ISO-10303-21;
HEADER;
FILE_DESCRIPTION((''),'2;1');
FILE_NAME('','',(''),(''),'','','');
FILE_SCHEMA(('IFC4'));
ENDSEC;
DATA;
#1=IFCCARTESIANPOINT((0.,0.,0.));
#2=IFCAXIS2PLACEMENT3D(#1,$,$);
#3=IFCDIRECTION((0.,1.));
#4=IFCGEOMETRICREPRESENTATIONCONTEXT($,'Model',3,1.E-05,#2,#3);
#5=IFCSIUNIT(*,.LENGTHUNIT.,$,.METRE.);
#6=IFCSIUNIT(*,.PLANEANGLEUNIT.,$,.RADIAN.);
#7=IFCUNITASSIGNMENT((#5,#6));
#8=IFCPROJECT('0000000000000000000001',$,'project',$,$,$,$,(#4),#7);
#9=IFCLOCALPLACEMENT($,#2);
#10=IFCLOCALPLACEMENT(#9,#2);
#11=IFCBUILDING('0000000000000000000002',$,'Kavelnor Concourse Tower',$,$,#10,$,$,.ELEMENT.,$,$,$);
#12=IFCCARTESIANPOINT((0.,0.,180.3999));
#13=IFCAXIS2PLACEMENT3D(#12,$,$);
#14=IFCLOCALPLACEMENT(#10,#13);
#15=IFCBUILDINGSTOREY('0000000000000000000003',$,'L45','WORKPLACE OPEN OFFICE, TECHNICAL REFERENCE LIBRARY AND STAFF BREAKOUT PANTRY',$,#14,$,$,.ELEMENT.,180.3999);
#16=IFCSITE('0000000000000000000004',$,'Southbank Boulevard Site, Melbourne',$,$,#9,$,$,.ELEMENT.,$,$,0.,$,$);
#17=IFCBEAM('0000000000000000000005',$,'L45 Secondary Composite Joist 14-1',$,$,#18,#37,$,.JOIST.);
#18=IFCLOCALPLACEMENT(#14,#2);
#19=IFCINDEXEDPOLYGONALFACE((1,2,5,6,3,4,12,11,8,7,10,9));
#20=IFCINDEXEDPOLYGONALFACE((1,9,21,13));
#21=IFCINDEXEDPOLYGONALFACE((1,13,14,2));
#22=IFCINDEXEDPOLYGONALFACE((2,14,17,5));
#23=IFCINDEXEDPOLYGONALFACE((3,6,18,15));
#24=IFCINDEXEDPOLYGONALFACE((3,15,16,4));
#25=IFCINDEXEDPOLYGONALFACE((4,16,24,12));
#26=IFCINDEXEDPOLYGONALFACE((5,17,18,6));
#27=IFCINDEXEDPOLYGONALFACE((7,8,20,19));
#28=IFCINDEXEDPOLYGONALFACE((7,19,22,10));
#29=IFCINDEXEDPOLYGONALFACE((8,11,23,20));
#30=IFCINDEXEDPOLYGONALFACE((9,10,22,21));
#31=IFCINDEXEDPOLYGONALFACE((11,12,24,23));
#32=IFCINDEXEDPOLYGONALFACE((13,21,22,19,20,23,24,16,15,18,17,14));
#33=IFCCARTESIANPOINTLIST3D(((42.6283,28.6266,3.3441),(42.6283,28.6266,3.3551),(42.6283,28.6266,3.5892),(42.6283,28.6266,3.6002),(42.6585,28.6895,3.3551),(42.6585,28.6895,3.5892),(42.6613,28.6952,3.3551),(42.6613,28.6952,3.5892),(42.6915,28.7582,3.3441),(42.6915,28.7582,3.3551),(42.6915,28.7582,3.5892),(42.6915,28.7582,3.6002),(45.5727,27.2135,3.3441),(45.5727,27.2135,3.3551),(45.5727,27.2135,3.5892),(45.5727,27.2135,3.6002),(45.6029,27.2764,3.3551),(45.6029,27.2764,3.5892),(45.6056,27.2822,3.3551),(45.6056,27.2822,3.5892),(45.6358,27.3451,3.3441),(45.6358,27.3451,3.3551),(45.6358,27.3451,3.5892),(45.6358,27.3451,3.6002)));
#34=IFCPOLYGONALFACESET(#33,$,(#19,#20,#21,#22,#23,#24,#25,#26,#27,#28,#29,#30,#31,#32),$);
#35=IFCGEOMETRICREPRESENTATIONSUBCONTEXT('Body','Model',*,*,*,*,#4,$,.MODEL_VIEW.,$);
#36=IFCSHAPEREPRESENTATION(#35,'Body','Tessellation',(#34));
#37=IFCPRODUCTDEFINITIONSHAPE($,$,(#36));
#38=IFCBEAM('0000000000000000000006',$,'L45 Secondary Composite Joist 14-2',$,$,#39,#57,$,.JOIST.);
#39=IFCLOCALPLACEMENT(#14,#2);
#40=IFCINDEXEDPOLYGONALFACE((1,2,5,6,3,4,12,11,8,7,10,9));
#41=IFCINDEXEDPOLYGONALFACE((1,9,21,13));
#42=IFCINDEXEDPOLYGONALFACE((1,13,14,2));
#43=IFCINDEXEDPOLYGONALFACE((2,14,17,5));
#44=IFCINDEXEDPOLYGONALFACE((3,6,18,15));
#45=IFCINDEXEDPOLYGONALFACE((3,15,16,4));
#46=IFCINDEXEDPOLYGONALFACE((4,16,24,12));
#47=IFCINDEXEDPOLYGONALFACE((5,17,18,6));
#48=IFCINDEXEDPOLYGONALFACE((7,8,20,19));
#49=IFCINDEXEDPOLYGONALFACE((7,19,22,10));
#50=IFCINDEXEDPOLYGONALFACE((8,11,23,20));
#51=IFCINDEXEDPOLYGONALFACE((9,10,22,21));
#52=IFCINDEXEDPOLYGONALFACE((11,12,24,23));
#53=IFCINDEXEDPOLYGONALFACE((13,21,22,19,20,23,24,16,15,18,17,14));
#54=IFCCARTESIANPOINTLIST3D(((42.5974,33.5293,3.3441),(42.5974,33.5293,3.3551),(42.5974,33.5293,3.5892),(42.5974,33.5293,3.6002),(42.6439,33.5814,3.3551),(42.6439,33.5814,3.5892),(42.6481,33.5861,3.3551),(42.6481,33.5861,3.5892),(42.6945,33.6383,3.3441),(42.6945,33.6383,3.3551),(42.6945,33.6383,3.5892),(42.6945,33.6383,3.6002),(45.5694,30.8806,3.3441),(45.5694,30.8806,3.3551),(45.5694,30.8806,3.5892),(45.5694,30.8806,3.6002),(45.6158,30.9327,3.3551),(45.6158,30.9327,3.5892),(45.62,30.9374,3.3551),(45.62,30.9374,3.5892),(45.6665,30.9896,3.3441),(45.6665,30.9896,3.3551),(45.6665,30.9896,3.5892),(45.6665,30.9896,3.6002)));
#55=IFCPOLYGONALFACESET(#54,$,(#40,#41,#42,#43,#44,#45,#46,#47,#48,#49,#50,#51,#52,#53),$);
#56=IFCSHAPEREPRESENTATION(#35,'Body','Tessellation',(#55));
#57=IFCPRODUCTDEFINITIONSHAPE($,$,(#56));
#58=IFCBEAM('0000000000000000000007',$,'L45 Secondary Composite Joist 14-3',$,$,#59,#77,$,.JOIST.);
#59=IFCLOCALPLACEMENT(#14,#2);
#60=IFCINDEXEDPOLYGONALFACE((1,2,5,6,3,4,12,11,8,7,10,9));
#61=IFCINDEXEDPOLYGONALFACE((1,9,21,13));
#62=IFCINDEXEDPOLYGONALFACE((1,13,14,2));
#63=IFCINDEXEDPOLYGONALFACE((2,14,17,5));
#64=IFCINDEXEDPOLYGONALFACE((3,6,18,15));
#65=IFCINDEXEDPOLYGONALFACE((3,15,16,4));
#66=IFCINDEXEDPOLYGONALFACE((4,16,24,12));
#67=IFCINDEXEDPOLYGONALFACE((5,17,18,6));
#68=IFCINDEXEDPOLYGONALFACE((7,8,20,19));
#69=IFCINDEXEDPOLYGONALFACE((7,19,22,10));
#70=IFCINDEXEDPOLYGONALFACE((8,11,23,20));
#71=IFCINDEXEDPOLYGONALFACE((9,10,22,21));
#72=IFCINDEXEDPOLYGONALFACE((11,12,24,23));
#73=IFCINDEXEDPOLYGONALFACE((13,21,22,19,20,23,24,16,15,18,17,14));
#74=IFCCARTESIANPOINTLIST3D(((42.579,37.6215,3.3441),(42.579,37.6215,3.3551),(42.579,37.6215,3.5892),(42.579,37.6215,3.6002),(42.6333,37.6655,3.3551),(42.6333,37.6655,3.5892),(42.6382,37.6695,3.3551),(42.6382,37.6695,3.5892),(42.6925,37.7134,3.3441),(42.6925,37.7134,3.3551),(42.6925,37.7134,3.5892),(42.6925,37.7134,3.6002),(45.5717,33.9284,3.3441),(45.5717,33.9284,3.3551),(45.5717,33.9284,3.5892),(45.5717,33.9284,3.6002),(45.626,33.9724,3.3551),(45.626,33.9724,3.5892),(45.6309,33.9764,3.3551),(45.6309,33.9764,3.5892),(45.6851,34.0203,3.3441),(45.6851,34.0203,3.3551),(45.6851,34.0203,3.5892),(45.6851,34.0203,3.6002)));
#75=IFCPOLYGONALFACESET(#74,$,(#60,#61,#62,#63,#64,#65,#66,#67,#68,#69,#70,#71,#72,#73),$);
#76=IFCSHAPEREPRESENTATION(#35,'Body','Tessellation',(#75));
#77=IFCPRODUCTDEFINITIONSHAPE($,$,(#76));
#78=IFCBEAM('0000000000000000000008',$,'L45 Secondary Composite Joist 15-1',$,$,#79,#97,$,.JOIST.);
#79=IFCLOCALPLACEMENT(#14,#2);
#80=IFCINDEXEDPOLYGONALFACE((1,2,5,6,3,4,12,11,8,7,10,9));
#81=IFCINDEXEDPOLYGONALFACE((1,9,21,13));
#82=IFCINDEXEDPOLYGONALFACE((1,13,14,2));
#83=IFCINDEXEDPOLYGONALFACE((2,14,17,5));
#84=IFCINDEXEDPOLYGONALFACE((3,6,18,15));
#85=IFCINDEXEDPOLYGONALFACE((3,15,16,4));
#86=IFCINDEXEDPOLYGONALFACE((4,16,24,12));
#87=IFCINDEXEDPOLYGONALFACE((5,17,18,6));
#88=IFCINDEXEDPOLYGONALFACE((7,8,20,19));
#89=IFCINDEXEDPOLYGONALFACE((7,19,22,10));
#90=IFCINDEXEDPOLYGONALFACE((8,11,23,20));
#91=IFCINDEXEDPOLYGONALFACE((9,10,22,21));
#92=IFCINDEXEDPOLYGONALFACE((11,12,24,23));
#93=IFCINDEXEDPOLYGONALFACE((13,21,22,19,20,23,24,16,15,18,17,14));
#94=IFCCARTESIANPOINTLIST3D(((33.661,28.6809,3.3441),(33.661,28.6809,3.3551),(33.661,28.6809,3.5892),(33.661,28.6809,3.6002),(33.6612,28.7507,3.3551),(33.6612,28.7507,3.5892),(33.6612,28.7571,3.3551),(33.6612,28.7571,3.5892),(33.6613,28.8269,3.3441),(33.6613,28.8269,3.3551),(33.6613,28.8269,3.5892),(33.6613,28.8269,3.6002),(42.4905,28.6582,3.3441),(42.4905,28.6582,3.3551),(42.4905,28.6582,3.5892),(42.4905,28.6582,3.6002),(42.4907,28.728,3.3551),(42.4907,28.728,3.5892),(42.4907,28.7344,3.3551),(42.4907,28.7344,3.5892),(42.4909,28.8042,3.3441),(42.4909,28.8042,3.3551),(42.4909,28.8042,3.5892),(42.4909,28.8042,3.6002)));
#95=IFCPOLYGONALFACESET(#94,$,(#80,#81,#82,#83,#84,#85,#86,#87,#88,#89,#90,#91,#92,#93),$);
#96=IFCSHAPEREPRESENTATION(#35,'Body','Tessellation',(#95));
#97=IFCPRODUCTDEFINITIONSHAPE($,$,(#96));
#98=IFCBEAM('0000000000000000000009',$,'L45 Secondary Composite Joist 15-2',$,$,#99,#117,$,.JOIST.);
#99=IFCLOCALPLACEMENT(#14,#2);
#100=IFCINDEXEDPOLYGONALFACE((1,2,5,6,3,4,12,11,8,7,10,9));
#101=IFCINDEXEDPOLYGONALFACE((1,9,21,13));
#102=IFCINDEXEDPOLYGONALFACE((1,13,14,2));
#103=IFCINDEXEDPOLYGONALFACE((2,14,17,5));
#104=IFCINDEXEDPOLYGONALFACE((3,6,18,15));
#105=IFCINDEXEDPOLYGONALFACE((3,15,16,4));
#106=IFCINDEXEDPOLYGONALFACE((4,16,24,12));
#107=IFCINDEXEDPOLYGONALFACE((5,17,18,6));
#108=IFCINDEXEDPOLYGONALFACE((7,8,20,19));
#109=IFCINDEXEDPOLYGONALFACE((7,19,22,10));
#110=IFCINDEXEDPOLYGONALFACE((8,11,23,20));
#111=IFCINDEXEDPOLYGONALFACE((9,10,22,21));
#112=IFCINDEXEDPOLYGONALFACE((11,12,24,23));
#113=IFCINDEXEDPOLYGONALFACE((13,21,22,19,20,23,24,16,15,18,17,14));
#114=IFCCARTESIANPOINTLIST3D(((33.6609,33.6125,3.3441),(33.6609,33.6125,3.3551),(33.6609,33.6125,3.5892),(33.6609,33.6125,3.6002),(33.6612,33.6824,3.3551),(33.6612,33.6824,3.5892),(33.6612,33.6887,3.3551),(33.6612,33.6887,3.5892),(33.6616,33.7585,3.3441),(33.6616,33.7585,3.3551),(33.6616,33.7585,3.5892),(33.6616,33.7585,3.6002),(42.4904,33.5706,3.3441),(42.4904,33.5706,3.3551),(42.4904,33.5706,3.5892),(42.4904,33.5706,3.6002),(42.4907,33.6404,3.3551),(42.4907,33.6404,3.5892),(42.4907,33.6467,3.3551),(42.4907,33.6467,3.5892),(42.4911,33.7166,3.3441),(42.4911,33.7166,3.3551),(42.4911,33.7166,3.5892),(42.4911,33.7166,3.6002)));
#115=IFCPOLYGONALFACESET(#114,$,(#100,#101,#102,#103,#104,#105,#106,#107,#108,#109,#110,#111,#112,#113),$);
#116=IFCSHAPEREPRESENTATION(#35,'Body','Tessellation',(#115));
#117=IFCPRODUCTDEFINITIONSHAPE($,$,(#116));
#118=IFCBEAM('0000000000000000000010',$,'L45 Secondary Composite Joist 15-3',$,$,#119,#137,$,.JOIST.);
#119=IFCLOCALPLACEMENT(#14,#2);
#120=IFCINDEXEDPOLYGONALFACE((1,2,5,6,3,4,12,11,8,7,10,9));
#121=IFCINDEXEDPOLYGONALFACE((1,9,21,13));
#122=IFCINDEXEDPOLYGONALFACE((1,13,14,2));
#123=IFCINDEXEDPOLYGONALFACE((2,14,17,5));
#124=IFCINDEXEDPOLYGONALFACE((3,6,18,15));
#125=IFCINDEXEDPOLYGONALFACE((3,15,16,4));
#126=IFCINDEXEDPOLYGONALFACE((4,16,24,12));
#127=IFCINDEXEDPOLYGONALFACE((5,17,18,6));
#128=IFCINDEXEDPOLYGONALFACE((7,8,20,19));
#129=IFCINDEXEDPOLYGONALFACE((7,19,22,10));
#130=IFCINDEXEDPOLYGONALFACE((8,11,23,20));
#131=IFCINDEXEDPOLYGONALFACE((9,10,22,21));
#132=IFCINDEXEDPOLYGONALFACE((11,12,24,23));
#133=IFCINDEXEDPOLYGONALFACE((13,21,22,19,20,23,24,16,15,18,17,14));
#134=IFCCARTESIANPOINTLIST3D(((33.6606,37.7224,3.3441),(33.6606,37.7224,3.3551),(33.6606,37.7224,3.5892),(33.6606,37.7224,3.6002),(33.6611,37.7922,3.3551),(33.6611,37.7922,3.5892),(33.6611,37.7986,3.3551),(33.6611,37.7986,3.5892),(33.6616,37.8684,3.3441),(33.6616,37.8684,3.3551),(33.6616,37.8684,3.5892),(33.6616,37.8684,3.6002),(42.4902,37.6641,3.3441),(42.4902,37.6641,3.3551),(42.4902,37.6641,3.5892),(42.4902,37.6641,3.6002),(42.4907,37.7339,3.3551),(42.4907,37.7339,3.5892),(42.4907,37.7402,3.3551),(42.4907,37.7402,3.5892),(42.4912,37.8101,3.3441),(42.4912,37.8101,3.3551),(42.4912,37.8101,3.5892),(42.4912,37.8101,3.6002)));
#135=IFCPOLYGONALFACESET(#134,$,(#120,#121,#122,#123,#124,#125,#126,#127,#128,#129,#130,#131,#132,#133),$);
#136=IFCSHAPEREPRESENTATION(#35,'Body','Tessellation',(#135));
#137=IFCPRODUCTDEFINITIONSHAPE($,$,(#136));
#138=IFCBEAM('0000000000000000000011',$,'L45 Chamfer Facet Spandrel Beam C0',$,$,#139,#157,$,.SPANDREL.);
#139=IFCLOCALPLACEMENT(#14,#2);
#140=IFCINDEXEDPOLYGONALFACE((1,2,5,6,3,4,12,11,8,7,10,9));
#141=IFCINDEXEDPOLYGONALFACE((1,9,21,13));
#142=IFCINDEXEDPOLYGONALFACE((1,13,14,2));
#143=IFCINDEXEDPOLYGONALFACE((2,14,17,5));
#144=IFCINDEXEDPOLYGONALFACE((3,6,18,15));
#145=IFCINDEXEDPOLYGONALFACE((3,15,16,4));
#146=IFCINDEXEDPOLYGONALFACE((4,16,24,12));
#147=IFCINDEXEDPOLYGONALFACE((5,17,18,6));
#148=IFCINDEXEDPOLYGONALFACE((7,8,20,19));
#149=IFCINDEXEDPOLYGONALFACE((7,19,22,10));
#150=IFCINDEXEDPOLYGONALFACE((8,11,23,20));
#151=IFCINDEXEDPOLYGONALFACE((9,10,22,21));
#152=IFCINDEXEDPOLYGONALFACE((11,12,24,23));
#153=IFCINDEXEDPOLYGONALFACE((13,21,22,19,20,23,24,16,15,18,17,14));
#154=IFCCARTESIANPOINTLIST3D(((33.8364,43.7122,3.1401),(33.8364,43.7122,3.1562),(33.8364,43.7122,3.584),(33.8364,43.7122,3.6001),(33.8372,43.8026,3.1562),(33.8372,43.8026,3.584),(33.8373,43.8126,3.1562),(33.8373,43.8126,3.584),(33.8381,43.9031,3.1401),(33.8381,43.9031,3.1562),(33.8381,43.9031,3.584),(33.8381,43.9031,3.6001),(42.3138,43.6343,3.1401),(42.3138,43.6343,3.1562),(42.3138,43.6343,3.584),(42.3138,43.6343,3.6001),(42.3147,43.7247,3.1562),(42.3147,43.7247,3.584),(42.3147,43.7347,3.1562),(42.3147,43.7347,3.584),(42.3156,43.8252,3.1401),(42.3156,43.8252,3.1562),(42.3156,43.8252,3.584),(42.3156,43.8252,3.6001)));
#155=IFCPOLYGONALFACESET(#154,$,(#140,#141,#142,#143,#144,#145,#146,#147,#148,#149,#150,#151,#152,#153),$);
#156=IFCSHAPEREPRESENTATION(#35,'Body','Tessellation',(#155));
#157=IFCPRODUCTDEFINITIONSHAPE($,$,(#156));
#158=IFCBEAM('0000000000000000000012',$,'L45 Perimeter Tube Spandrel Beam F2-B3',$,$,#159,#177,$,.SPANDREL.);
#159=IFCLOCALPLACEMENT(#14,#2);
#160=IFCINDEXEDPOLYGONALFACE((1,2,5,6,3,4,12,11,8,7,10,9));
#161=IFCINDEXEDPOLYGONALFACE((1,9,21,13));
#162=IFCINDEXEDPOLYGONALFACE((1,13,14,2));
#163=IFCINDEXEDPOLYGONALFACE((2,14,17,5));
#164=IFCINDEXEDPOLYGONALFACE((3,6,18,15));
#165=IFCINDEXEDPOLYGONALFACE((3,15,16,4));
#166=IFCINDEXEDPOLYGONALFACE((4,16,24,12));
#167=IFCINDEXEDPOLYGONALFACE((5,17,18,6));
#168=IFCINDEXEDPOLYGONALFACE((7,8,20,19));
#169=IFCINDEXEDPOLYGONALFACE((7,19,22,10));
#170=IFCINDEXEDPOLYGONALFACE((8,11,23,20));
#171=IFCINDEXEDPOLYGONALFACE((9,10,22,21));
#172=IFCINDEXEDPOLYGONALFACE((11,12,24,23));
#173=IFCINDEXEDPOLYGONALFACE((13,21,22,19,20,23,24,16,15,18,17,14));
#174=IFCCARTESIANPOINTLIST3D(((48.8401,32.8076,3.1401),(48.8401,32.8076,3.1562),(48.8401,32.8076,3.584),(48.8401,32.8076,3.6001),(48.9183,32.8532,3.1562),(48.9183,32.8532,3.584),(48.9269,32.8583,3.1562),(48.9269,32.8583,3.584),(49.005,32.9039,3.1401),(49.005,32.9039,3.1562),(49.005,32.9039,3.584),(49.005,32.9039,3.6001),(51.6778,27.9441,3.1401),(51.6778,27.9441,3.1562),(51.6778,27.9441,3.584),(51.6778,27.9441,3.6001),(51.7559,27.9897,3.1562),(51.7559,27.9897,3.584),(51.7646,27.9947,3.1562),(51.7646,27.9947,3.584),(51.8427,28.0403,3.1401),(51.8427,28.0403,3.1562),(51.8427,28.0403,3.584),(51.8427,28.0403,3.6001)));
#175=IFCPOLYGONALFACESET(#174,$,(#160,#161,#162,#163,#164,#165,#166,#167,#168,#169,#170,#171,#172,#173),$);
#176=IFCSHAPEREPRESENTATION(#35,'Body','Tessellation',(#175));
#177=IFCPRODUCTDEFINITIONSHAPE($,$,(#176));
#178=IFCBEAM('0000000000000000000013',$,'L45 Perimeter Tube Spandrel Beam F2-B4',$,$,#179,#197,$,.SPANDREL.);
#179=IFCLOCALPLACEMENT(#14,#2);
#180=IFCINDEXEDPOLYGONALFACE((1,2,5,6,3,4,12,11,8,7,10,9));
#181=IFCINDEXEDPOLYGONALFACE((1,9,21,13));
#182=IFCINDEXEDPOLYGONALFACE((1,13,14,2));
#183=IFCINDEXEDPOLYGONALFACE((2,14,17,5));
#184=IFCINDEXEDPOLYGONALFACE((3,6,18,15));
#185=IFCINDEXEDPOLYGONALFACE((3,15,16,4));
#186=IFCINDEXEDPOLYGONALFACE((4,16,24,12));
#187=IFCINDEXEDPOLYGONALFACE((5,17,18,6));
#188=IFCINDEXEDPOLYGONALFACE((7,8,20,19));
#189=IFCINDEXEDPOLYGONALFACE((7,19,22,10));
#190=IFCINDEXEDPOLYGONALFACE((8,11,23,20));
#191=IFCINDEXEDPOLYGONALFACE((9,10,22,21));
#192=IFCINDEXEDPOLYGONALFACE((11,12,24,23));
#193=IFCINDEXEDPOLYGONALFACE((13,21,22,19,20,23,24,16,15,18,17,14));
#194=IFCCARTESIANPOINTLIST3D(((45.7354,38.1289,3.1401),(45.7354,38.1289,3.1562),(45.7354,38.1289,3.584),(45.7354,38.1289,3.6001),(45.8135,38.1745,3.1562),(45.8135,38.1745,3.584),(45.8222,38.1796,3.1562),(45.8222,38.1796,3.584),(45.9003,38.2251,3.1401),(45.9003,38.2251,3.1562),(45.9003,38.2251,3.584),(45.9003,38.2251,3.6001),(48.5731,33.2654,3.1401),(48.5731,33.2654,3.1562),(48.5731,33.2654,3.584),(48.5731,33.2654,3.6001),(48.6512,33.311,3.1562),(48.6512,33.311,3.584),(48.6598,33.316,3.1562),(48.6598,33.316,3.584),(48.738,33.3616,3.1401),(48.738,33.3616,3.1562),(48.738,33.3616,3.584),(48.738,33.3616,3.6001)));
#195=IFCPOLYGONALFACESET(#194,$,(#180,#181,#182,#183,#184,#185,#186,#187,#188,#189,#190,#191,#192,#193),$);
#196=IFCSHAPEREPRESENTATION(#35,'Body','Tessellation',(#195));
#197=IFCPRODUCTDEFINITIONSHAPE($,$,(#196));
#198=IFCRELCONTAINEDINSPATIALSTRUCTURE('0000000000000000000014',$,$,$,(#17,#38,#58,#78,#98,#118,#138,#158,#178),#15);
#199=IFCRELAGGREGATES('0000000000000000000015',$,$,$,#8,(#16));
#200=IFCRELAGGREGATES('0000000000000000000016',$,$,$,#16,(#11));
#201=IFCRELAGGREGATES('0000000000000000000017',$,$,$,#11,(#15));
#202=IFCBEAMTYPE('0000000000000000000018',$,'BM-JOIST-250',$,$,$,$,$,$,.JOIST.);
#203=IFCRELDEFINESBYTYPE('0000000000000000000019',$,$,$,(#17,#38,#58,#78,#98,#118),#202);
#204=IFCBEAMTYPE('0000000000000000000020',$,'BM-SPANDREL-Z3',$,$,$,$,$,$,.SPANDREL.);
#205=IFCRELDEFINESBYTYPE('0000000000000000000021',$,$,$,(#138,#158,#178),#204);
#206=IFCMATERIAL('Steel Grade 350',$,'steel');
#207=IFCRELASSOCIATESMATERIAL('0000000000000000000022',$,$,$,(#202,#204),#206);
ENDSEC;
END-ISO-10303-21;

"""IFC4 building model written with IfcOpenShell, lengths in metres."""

from ifc_helpers import new_model, si_unit, direction, frame, origin, origin_2d, place, context, subcontext, project, spatial, i_section, extrude, material, material_profile, profile_set, type_object, element, save


model = new_model("IFC4")

# Units and contexts
model_context = context("Model", 3, precision=1e-05, world=origin(), true_north=direction((0.0, 1.0)))
body_context = subcontext(model_context, "Body", "Model", "MODEL_VIEW")
ifc_project = project(units=[si_unit("LENGTHUNIT", "METRE"), si_unit("PLANEANGLEUNIT", "RADIAN")], contexts=[model_context])

# Site, building, storey
site_placement = place(None, origin())
site = spatial("IfcSite", under=ifc_project, at=site_placement, Name="Southbank Boulevard Site, Melbourne", CompositionType="ELEMENT", RefElevation=0.0)
building_placement = place(site_placement, origin())
building = spatial("IfcBuilding", under=site, at=building_placement, Name="Kavelnor Concourse Tower", CompositionType="ELEMENT")
storey_placement = place(building_placement, frame((0.0, 0.0, 180.3999)))
storey = spatial("IfcBuildingStorey", under=building, at=storey_placement, Name="L45", Description="WORKPLACE OPEN OFFICE, TECHNICAL REFERENCE LIBRARY AND STAFF BREAKOUT PANTRY", CompositionType="ELEMENT", Elevation=180.3999)

# Shared definitions
ifc_material_1 = material(Name="Steel Grade 350", Category="steel")

# Beams
ifc_material_profile_1 = material_profile(ifc_material_1, i_section(OverallWidth=0.146, OverallDepth=0.2561, WebThickness=0.0063, FlangeThickness=0.011, at=origin_2d()), Name="250UB37")
ifc_profile_set_1 = profile_set([ifc_material_profile_1], Name="Steel Grade 350")
beam_type_1 = type_object("IfcBeamType", Name="BM-JOIST-250", PredefinedType="JOIST", material=ifc_profile_set_1)
beam_1_placement = place(storey_placement, frame((45.6042, 27.2793, 3.4722), z_axis=(-0.901546, 0.432682, 0.0), x_axis=(-0.432682, -0.901546, 0.0)))
element("IfcBeam", 1, at=beam_1_placement, inside=storey, type_object=beam_type_1, Name="L45 Secondary Composite Joist 14-1", PredefinedType="JOIST", context=body_context, shape_type="SweptSolid", body=[
    extrude(i_section(OverallWidth=0.146, OverallDepth=0.2561, WebThickness=0.0063, FlangeThickness=0.011, at=origin_2d()), origin(), (0.0, 0.0, 1.0), 3.2659),
])
beam_2_placement = place(storey_placement, frame((45.6179, 30.9351, 3.4722), z_axis=(-0.746539, 0.665342, 0.0), x_axis=(-0.665342, -0.746539, 0.0)))
element("IfcBeam", 2, at=beam_2_placement, inside=storey, type_object=beam_type_1, Name="L45 Secondary Composite Joist 14-2", PredefinedType="JOIST", context=body_context, shape_type="SweptSolid", body=[
    extrude(i_section(OverallWidth=0.146, OverallDepth=0.2561, WebThickness=0.0063, FlangeThickness=0.011, at=origin_2d()), origin(), (0.0, 0.0, 1.0), 3.981),
])
beam_3_placement = place(storey_placement, frame((45.6284, 33.9744, 3.4722), z_axis=(-0.629581, 0.776935, 0.0), x_axis=(-0.776935, -0.629581, 0.0)))
element("IfcBeam", 3, at=beam_3_placement, inside=storey, type_object=beam_type_1, Name="L45 Secondary Composite Joist 14-3", PredefinedType="JOIST", context=body_context, shape_type="SweptSolid", body=[
    extrude(i_section(OverallWidth=0.146, OverallDepth=0.2561, WebThickness=0.0063, FlangeThickness=0.011, at=origin_2d()), origin(), (0.0, 0.0, 1.0), 4.7534),
])
for number, where, z_axis, x_axis, name in (
    (4, (42.4907, 28.7312, 3.4722), (-0.999997, 0.002571, 0.0), (-0.002571, -0.999997, 0.0), "L45 Secondary Composite Joist 15-1"),
    (5, (42.4907, 33.6436, 3.4722), (-0.999989, 0.004756, 0.0), (-0.004756, -0.999989, 0.0), "L45 Secondary Composite Joist 15-2"),
):
    element("IfcBeam", number, at=place(storey_placement, frame(where, z_axis=z_axis, x_axis=x_axis)), inside=storey, type_object=beam_type_1, Name=name, PredefinedType="JOIST", context=body_context, shape_type="SweptSolid", body=[
        extrude(i_section(OverallWidth=0.146, OverallDepth=0.2561, WebThickness=0.0063, FlangeThickness=0.011, at=origin_2d()), origin(), (0.0, 0.0, 1.0), 8.8296),
    ])
beam_4_placement = place(storey_placement, frame((42.4907, 37.7371, 3.4722), z_axis=(-0.999978, 0.006608, 0.0), x_axis=(-0.006608, -0.999978, 0.0)))
element("IfcBeam", 6, at=beam_4_placement, inside=storey, type_object=beam_type_1, Name="L45 Secondary Composite Joist 15-3", PredefinedType="JOIST", context=body_context, shape_type="SweptSolid", body=[
    extrude(i_section(OverallWidth=0.146, OverallDepth=0.2561, WebThickness=0.0063, FlangeThickness=0.011, at=origin_2d()), origin(), (0.0, 0.0, 1.0), 8.8298),
])
ifc_material_profile_2 = material_profile(ifc_material_1, i_section(OverallWidth=0.1909, OverallDepth=0.46, WebThickness=0.01, FlangeThickness=0.0161, at=origin_2d()), Name="460UB82")
ifc_profile_set_2 = profile_set([ifc_material_profile_2], Name="Steel Grade 350")
beam_type_2 = type_object("IfcBeamType", Name="BM-SPANDREL-Z3", PredefinedType="SPANDREL", material=ifc_profile_set_2)
beam_5_placement = place(storey_placement, frame((42.3147, 43.7297, 3.3701), z_axis=(-0.999958, 0.009186, 0.0), x_axis=(-0.009186, -0.999958, 0.0)))
element("IfcBeam", 7, at=beam_5_placement, inside=storey, type_object=beam_type_2, Name="L45 Chamfer Facet Spandrel Beam C0", PredefinedType="SPANDREL", context=body_context, shape_type="SweptSolid", body=[
    extrude(i_section(OverallWidth=0.1909, OverallDepth=0.46, WebThickness=0.01, FlangeThickness=0.0161, at=origin_2d()), origin(), (0.0, 0.0, 1.0), 8.4778),
])
for number, where, z_axis, x_axis, name in (
    (8, (51.7603, 27.9922, 3.3701), (-0.503949, 0.863733, 0.0), (-0.863733, -0.503949, 0.0), "L45 Perimeter Tube Spandrel Beam F2-B3"),
    (9, (48.6555, 33.3135, 3.3701), (-0.503949, 0.863733, 0.0), (-0.863733, -0.503949, 0.0), "L45 Perimeter Tube Spandrel Beam F2-B4"),
):
    element("IfcBeam", number, at=place(storey_placement, frame(where, z_axis=z_axis, x_axis=x_axis)), inside=storey, type_object=beam_type_2, Name=name, PredefinedType="SPANDREL", context=body_context, shape_type="SweptSolid", body=[
        extrude(i_section(OverallWidth=0.1909, OverallDepth=0.46, WebThickness=0.01, FlangeThickness=0.0161, at=origin_2d()), origin(), (0.0, 0.0, 1.0), 5.6309),
    ])

save(model, "model.ifc")
